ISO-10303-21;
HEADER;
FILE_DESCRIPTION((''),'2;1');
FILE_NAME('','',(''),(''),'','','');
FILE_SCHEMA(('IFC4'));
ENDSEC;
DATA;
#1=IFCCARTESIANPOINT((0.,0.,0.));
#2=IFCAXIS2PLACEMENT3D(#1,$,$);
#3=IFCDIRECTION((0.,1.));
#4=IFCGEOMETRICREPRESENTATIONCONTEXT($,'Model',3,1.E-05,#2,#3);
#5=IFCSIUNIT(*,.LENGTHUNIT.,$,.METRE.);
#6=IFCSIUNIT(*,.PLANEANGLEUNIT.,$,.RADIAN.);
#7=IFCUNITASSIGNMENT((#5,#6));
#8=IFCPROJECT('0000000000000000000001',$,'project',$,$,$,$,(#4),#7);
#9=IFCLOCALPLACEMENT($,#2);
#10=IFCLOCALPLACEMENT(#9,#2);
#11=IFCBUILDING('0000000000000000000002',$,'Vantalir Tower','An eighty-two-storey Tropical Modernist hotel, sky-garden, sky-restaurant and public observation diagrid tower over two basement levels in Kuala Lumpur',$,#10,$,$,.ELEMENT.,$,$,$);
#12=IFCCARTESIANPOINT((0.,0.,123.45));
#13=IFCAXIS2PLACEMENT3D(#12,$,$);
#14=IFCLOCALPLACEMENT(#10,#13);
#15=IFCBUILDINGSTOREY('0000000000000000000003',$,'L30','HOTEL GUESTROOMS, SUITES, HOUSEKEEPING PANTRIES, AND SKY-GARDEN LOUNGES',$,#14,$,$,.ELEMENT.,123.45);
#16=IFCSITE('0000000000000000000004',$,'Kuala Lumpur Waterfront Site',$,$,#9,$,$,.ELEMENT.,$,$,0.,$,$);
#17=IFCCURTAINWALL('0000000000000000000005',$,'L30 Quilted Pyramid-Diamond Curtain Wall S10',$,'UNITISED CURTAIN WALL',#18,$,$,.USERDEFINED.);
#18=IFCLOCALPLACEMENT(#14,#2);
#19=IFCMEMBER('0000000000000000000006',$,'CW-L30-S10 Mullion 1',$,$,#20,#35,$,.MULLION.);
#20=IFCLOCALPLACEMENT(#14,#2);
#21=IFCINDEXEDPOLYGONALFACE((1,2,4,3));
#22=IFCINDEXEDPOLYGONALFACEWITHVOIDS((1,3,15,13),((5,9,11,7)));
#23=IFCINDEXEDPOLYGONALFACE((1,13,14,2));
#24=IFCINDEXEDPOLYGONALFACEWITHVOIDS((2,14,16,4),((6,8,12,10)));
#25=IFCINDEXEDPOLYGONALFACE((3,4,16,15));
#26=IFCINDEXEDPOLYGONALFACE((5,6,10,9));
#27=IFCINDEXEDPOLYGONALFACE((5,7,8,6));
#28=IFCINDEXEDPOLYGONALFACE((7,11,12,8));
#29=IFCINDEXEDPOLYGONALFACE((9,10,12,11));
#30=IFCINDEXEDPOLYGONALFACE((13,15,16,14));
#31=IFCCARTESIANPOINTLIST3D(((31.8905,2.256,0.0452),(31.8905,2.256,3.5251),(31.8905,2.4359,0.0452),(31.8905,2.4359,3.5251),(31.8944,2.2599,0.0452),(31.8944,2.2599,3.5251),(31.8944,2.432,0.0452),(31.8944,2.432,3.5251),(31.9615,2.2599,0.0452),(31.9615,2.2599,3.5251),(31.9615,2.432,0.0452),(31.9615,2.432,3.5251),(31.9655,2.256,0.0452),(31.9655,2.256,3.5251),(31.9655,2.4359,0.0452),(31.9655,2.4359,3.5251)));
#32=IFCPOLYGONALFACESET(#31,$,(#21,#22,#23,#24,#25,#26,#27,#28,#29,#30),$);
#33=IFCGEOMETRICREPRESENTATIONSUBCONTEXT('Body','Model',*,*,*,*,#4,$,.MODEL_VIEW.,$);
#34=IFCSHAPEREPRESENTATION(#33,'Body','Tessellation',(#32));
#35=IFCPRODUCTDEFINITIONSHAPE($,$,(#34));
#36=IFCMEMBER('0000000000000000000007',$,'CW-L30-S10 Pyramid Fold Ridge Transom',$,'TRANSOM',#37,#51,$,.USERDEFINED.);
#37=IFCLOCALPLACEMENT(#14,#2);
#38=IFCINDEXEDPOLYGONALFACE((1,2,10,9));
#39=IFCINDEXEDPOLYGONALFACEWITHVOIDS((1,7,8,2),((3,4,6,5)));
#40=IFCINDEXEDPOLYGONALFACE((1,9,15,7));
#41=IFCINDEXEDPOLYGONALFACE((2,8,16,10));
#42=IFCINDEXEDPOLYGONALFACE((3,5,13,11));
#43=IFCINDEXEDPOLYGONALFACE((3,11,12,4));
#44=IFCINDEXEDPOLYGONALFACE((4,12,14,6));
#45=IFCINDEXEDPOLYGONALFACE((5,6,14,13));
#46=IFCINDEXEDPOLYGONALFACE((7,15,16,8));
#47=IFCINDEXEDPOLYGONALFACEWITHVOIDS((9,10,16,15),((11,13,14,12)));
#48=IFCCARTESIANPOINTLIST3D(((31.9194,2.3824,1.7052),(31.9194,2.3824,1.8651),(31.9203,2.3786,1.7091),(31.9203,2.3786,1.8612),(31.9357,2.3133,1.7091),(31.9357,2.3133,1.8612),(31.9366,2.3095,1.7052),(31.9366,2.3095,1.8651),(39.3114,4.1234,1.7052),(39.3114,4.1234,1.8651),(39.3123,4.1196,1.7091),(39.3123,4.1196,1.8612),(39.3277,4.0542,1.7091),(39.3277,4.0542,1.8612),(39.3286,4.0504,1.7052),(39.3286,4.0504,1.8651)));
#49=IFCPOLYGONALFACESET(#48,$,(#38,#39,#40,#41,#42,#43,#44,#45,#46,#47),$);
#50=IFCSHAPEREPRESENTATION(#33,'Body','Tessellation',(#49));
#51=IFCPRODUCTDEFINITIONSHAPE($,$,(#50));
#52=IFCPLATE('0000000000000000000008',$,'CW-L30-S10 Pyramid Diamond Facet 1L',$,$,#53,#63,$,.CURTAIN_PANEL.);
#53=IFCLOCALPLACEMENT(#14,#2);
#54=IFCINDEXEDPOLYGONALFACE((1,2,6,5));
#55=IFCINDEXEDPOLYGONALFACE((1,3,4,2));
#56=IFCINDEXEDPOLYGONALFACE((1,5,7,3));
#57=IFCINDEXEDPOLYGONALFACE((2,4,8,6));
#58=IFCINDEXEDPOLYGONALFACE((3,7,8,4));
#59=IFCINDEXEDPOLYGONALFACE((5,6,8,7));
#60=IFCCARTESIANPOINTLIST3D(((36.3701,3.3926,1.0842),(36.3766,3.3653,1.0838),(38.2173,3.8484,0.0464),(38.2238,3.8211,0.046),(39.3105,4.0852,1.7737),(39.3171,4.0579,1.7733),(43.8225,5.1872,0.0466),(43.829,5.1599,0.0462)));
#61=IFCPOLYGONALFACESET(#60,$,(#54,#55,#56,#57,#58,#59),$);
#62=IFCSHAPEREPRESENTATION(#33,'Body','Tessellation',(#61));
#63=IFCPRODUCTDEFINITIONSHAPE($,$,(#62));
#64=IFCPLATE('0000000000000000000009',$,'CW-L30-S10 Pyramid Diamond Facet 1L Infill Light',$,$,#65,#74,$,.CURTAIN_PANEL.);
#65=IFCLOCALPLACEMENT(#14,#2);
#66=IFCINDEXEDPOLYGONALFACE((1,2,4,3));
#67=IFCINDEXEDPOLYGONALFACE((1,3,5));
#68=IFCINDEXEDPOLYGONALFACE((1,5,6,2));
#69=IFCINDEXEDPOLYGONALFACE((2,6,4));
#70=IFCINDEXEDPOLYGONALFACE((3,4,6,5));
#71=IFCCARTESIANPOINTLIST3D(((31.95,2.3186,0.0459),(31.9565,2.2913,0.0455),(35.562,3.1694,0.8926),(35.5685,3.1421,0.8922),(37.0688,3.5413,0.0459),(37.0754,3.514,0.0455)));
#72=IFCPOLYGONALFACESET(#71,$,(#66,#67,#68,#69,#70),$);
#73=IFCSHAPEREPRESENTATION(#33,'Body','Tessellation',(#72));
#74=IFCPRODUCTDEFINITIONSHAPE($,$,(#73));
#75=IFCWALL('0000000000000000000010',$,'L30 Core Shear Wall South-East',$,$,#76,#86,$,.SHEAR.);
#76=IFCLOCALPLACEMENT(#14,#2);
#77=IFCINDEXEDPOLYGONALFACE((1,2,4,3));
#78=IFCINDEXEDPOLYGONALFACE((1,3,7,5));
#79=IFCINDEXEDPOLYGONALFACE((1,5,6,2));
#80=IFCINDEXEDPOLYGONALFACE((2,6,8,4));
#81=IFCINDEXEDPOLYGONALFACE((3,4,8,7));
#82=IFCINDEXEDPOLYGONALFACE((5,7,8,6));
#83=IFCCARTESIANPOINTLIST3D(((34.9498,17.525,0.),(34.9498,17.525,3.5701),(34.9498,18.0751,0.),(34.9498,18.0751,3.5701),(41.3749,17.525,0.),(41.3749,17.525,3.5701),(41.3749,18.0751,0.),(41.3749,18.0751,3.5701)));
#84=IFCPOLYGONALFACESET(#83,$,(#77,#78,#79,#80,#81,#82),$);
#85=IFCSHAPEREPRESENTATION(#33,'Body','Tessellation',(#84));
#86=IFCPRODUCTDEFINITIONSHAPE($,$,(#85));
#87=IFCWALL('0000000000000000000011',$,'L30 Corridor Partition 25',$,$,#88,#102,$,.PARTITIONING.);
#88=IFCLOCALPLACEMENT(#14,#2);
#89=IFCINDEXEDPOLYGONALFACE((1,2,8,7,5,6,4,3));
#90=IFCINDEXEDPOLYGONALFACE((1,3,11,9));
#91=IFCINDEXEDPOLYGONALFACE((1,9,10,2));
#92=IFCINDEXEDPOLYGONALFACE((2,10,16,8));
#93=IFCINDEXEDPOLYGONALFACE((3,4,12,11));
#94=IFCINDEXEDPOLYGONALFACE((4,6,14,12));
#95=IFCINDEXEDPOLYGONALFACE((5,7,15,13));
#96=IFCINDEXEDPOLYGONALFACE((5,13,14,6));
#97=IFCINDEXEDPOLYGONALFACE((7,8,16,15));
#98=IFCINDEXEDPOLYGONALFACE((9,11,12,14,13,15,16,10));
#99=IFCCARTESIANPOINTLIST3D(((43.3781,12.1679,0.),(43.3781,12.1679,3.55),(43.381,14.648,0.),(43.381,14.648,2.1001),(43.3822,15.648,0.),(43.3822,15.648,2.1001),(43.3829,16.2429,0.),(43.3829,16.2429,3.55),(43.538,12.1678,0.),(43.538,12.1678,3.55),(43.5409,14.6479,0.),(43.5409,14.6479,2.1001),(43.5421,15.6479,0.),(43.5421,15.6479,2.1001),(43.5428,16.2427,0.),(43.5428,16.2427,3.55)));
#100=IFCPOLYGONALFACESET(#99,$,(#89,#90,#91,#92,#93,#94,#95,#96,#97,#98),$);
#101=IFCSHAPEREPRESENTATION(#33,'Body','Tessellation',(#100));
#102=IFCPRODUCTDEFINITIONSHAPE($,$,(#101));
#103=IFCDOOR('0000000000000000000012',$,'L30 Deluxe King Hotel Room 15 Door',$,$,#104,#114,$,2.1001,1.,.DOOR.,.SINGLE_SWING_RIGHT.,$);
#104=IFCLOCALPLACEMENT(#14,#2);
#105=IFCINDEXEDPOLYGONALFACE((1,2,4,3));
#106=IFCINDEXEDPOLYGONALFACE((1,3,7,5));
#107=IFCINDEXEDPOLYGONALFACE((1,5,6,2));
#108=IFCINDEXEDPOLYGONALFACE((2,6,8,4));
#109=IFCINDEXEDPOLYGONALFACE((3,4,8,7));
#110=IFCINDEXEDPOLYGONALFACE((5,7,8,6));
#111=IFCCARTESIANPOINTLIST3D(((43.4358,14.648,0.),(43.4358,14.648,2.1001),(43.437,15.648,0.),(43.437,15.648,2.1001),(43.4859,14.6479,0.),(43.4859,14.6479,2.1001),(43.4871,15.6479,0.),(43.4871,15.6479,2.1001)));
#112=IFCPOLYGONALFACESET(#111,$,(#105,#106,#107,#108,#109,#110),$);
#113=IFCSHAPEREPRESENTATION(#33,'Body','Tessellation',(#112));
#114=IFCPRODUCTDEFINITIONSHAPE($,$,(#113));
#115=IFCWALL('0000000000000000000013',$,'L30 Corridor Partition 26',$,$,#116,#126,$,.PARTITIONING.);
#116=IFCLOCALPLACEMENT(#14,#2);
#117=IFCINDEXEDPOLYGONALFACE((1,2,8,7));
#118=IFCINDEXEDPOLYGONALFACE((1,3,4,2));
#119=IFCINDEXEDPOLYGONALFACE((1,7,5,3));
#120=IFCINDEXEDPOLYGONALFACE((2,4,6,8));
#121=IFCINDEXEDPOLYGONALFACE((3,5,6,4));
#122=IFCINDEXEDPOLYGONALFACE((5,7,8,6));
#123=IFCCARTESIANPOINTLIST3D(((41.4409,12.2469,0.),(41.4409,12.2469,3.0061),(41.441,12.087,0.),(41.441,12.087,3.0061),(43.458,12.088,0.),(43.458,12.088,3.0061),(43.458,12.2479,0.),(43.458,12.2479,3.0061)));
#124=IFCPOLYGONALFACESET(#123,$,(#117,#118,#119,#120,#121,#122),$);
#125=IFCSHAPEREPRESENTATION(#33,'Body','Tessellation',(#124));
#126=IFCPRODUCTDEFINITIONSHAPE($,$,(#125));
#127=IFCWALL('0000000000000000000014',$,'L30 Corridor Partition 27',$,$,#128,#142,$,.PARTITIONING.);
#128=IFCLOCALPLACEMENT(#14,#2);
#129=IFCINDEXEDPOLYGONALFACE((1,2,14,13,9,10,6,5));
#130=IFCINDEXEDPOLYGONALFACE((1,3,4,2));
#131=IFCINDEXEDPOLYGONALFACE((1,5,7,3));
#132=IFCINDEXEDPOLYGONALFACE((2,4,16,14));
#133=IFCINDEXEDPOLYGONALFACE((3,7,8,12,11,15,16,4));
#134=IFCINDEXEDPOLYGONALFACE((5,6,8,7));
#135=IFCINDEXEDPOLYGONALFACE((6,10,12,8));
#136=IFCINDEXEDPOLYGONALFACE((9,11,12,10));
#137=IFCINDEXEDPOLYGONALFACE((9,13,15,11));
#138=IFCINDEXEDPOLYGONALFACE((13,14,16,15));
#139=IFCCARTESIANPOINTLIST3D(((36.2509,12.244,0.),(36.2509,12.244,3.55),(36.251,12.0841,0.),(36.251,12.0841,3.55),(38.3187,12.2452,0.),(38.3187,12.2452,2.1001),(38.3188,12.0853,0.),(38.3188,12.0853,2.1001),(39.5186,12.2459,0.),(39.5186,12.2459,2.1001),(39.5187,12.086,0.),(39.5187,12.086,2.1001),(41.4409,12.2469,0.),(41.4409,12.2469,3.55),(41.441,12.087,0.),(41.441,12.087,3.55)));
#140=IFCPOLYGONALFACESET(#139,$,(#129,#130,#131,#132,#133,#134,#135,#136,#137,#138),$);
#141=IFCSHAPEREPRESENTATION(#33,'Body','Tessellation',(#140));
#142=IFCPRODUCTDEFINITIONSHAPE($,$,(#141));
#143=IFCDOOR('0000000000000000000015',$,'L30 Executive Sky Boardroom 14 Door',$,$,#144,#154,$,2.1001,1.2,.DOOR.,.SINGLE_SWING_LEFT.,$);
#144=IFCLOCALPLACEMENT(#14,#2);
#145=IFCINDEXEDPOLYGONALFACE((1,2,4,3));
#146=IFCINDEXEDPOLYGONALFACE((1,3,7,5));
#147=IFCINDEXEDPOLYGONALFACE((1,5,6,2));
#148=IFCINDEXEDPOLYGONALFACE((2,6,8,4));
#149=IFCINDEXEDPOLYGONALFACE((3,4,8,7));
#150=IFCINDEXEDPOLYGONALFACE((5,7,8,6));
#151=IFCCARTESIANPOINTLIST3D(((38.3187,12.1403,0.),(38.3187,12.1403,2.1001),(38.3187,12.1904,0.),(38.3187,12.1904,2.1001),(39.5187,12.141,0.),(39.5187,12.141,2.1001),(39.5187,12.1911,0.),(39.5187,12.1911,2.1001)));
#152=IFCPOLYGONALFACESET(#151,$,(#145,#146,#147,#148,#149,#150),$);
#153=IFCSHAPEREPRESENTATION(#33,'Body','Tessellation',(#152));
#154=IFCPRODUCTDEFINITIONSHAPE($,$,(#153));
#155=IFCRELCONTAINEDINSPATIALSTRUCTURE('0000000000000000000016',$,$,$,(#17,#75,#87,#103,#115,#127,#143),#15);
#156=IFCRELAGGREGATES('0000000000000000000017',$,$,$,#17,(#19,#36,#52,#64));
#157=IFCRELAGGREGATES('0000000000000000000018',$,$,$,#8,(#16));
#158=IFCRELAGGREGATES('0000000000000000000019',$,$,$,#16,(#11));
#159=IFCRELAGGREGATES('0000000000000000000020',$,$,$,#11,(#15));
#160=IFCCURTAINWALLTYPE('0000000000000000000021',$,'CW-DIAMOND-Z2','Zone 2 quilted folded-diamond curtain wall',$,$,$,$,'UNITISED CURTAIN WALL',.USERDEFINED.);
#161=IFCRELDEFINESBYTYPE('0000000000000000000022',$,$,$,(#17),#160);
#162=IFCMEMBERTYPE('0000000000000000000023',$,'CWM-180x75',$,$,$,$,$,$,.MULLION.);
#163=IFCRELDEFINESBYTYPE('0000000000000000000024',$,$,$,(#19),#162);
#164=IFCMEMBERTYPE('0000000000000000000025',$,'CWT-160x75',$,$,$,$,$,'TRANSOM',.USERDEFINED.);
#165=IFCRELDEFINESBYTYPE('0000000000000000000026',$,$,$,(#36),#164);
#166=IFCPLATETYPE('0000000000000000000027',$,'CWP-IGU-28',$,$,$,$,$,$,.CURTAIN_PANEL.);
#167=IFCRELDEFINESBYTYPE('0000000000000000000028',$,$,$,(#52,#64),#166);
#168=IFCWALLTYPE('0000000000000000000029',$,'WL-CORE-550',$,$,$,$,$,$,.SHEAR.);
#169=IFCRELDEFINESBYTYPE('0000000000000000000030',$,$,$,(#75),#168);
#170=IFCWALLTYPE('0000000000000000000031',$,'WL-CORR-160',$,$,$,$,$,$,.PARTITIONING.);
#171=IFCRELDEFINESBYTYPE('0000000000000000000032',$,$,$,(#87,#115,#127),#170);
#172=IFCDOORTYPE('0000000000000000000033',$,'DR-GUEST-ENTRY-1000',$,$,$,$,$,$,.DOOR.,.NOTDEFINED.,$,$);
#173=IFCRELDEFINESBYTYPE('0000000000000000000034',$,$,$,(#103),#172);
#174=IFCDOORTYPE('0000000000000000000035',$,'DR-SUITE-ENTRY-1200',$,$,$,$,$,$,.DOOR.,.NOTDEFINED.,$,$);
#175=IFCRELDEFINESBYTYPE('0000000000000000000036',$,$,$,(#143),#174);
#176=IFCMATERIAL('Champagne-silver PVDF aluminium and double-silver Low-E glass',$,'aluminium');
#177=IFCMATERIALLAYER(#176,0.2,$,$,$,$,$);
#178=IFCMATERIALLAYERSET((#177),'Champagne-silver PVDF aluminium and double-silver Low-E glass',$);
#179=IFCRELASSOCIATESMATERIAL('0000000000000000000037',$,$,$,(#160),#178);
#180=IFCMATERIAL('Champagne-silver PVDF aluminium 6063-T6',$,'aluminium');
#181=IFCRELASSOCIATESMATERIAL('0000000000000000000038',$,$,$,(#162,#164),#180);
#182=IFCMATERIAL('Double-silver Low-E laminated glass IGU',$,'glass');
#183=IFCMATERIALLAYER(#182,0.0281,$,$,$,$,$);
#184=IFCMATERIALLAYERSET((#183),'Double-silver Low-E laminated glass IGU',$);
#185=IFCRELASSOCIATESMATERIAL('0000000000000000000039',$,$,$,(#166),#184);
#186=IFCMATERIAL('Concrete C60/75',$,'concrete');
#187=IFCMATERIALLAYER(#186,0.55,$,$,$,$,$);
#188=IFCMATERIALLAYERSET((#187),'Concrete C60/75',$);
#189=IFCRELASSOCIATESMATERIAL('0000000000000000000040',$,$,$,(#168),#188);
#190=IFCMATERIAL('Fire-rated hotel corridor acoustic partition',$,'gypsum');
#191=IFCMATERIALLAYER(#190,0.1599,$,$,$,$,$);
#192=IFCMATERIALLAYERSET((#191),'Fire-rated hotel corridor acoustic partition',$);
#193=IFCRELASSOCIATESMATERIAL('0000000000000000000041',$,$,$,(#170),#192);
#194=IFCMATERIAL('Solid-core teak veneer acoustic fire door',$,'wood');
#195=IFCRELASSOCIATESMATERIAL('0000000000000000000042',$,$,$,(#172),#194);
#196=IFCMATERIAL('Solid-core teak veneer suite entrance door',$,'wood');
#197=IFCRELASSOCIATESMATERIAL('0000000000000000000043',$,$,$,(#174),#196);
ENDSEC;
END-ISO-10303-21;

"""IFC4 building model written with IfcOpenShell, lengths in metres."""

from ifc_helpers import new_model, si_unit, direction, frame, frame_2d, origin, origin_2d, place, context, subcontext, project, spatial, polyline, rectangle, hollow_rectangle, outline, extrude, material, layer, layer_set, material_profile, profile_set, type_object, element, fill, aggregate, save


model = new_model("IFC4")

# Units and contexts
model_context = context("Model", 3, precision=1e-05, world=origin(), true_north=direction((0.0, 1.0)))
body_context = subcontext(model_context, "Body", "Model", "MODEL_VIEW")
ifc_project = project(units=[si_unit("LENGTHUNIT", "METRE"), si_unit("PLANEANGLEUNIT", "RADIAN")], contexts=[model_context])

# Site, building, storey
site_placement = place(None, origin())
site = spatial("IfcSite", under=ifc_project, at=site_placement, Name="Kuala Lumpur Waterfront Site", CompositionType="ELEMENT", RefElevation=0.0)
building_placement = place(site_placement, origin())
building = spatial("IfcBuilding", under=site, at=building_placement, Name="Vantalir Tower", Description="An eighty-two-storey Tropical Modernist hotel, sky-garden, sky-restaurant and public observation diagrid tower over two basement levels in Kuala Lumpur", CompositionType="ELEMENT")
storey_placement = place(building_placement, frame((0.0, 0.0, 123.45)))
storey = spatial("IfcBuildingStorey", under=building, at=storey_placement, Name="L30", Description="HOTEL GUESTROOMS, SUITES, HOUSEKEEPING PANTRIES, AND SKY-GARDEN LOUNGES", CompositionType="ELEMENT", Elevation=123.45)

# Shared definitions
ifc_material_1 = material(Name="Concrete C60/75", Category="concrete")

# Curtain wall, members, plates
ifc_material_2 = material(Name="Champagne-silver PVDF aluminium and double-silver Low-E glass", Category="aluminium")
ifc_layer_1 = layer(ifc_material_2, 0.2)
ifc_layer_set_1 = layer_set([ifc_layer_1], Name="Champagne-silver PVDF aluminium and double-silver Low-E glass")
curtain_wall_type = type_object("IfcCurtainWallType", Name="CW-DIAMOND-Z2", Description="Zone 2 quilted folded-diamond curtain wall", ElementType="UNITISED CURTAIN WALL", PredefinedType="USERDEFINED", material=ifc_layer_set_1)
curtain_wall_placement = place(storey_placement, origin())
curtain_wall = element("IfcCurtainWall", 1, at=curtain_wall_placement, inside=storey, type_object=curtain_wall_type, Name="L30 Quilted Pyramid-Diamond Curtain Wall S10", ObjectType="UNITISED CURTAIN WALL", PredefinedType="USERDEFINED")
ifc_material_3 = material(Name="Champagne-silver PVDF aluminium 6063-T6", Category="aluminium")
ifc_material_profile_1 = material_profile(ifc_material_3, hollow_rectangle(XDim=0.075, YDim=0.1799, WallThickness=0.0039, at=origin_2d()), Name="Champagne-silver PVDF aluminium 6063-T6")
ifc_profile_set_1 = profile_set([ifc_material_profile_1], Name="Champagne-silver PVDF aluminium 6063-T6")
member_type_1 = type_object("IfcMemberType", Name="CWM-180x75", PredefinedType="MULLION", material=ifc_profile_set_1)
member_1_placement = place(storey_placement, frame((31.928, 2.3459, 0.0452), z_axis=(0.0, 0.0, 1.0), x_axis=(1.0, 0.0, 0.0)))
member_1 = element("IfcMember", 2, at=member_1_placement, type_object=member_type_1, Name="CW-L30-S10 Mullion 1", PredefinedType="MULLION", context=body_context, shape_type="SweptSolid", body=[
    extrude(hollow_rectangle(XDim=0.075, YDim=0.1799, WallThickness=0.0039, at=origin_2d()), origin(), (0.0, 0.0, 1.0), 3.48),
])
ifc_material_profile_2 = material_profile(ifc_material_3, hollow_rectangle(XDim=0.075, YDim=0.1599, WallThickness=0.0039, at=origin_2d()), Name="Champagne-silver PVDF aluminium 6063-T6")
ifc_profile_set_2 = profile_set([ifc_material_profile_2], Name="Champagne-silver PVDF aluminium 6063-T6")
member_type_2 = type_object("IfcMemberType", Name="CWT-160x75", ElementType="TRANSOM", PredefinedType="USERDEFINED", material=ifc_profile_set_2)
member_2_placement = place(storey_placement, frame((31.928, 2.3459, 1.7852), z_axis=(0.973369, 0.229245, 0.0), x_axis=(-0.229245, 0.973369, 0.0)))
member_2 = element("IfcMember", 3, at=member_2_placement, type_object=member_type_2, Name="CW-L30-S10 Pyramid Fold Ridge Transom", ObjectType="TRANSOM", PredefinedType="USERDEFINED", context=body_context, shape_type="SweptSolid", body=[
    extrude(hollow_rectangle(XDim=0.075, YDim=0.1599, WallThickness=0.0039, at=origin_2d()), origin(), (0.0, 0.0, 1.0), 7.5942),
])
ifc_material_4 = material(Name="Double-silver Low-E laminated glass IGU", Category="glass")
ifc_layer_2 = layer(ifc_material_4, 0.0281)
ifc_layer_set_2 = layer_set([ifc_layer_2], Name="Double-silver Low-E laminated glass IGU")
plate_type = type_object("IfcPlateType", Name="CWP-IGU-28", PredefinedType="CURTAIN_PANEL", material=ifc_layer_set_2)
plate_1_placement = place(storey_placement, frame((38.2173, 3.8484, 0.0464), z_axis=(-0.232301, 0.972547, 0.013693), x_axis=(0.972639, 0.232323, 0.000042)))
plate_1 = element("IfcPlate", 4, at=plate_1_placement, type_object=plate_type, Name="CW-L30-S10 Pyramid Diamond Facet 1L", PredefinedType="CURTAIN_PANEL", context=body_context, shape_type="SweptSolid", body=[
    extrude(outline(polyline([(0.0, 0.0), (5.7629, 0.0), (1.1184, -1.7274), (-1.9025, -1.038), (0.0, 0.0)])), origin(), (0.0, 0.0, -1.0), 0.0281),
])
plate_2_placement = place(storey_placement, frame((31.95, 2.3186, 0.0459), z_axis=(-0.232295, 0.972549, 0.013688), x_axis=(0.97264, 0.232317, 0.0)))
plate_2 = element("IfcPlate", 5, at=plate_2_placement, type_object=plate_type, Name="CW-L30-S10 Pyramid Diamond Facet 1L Infill Light", PredefinedType="CURTAIN_PANEL", context=body_context, shape_type="SweptSolid", body=[
    extrude(outline(polyline([(0.0, 0.0), (5.2629, 0.0), (3.7109, -0.8468), (0.0, 0.0)])), origin(), (0.0, 0.0, -1.0), 0.0281),
])
aggregate(curtain_wall, [member_1, member_2, plate_1, plate_2])

# Wall
ifc_layer_3 = layer(ifc_material_1, 0.55)
ifc_layer_set_3 = layer_set([ifc_layer_3], Name="Concrete C60/75")
wall_type_1 = type_object("IfcWallType", Name="WL-CORE-550", PredefinedType="SHEAR", material=ifc_layer_set_3)
wall_1_placement = place(storey_placement, frame((34.95, 17.8, 0.0), z_axis=(0.0, 0.0, 1.0), x_axis=(1.0, 0.0, 0.0)))
element("IfcWall", 6, at=wall_1_placement, inside=storey, type_object=wall_type_1, Name="L30 Core Shear Wall South-East", PredefinedType="SHEAR", context=body_context, shape_type="SweptSolid", body=[
    extrude(rectangle(XDim=6.425, YDim=0.55, at=frame_2d((3.2124, 0.0))), origin(), (0.0, 0.0, 1.0), 3.5701),
])

# Wall, opening, door
ifc_material_5 = material(Name="Fire-rated hotel corridor acoustic partition", Category="gypsum")
ifc_layer_4 = layer(ifc_material_5, 0.1599)
ifc_layer_set_4 = layer_set([ifc_layer_4], Name="Fire-rated hotel corridor acoustic partition")
wall_type_2 = type_object("IfcWallType", Name="WL-CORR-160", PredefinedType="PARTITIONING", material=ifc_layer_set_4)
wall_2_placement = place(storey_placement, frame((43.4629, 16.2429, 0.0), z_axis=(0.0, 0.0, 1.0), x_axis=(-0.001198, -0.999999, 0.0)))
wall_2 = element("IfcWall", 7, at=wall_2_placement, inside=storey, type_object=wall_type_2, Name="L30 Corridor Partition 25", PredefinedType="PARTITIONING", context=body_context, shape_type="SweptSolid", body=[
    extrude(rectangle(XDim=4.075, YDim=0.1599, at=frame_2d((2.0376, 0.0))), origin(), (0.0, 0.0, 1.0), 3.55),
])
opening_1_placement = place(wall_2_placement, frame((0.595, 0.0, 0.0)))
opening_1 = element("IfcOpeningElement", 8, at=opening_1_placement, cuts=wall_2, PredefinedType="OPENING", context=body_context, shape_type="SweptSolid", body=[
    extrude(rectangle(XDim=1.0, YDim=2.1001, at=frame_2d((0.5, 1.05))), frame((0.0, 0.0898, 0.0), z_axis=(0.0, -1.0, 0.0), x_axis=(1.0, 0.0, 0.0)), (0.0, 0.0, 1.0), 0.1799),
])
ifc_material_6 = material(Name="Solid-core teak veneer acoustic fire door", Category="wood")
door_type_1 = type_object("IfcDoorType", Name="DR-GUEST-ENTRY-1000", OperationType="NOTDEFINED", PredefinedType="DOOR", material=ifc_material_6)
door_1_placement = place(opening_1_placement, origin())
door_1 = element("IfcDoor", 9, at=door_1_placement, inside=storey, type_object=door_type_1, Name="L30 Deluxe King Hotel Room 15 Door", OperationType="SINGLE_SWING_RIGHT", OverallHeight=2.1001, OverallWidth=1.0, PredefinedType="DOOR", context=body_context, shape_type="SweptSolid", body=[
    extrude(rectangle(XDim=1.0, YDim=2.1001, at=frame_2d((0.5, 1.05))), frame((0.0, 0.0249, 0.0), z_axis=(0.0, -1.0, 0.0), x_axis=(1.0, 0.0, 0.0)), (0.0, 0.0, 1.0), 0.05),
])
fill(opening_1, door_1)

# Wall
wall_3_placement = place(storey_placement, frame((43.458, 12.168, 0.0), z_axis=(0.0, 0.0, 1.0), x_axis=(-1.0, -0.000484, 0.0)))
element("IfcWall", 10, at=wall_3_placement, inside=storey, type_object=wall_type_2, Name="L30 Corridor Partition 26", PredefinedType="PARTITIONING", context=body_context, shape_type="SweptSolid", body=[
    extrude(rectangle(XDim=2.0171, YDim=0.1599, at=frame_2d((1.0085, 0.0))), origin(), (0.0, 0.0, 1.0), 3.0061),
])

# Wall, opening, door
wall_4_placement = place(storey_placement, frame((41.4409, 12.167, 0.0), z_axis=(0.0, 0.0, 1.0), x_axis=(-1.0, -0.000564, 0.0)))
wall_4 = element("IfcWall", 11, at=wall_4_placement, inside=storey, type_object=wall_type_2, Name="L30 Corridor Partition 27", PredefinedType="PARTITIONING", context=body_context, shape_type="SweptSolid", body=[
    extrude(rectangle(XDim=5.1899, YDim=0.1599, at=frame_2d((2.595, 0.0))), origin(), (0.0, 0.0, 1.0), 3.55),
])
opening_2_placement = place(wall_4_placement, frame((1.9221, 0.0, 0.0)))
opening_2 = element("IfcOpeningElement", 12, at=opening_2_placement, cuts=wall_4, PredefinedType="OPENING", context=body_context, shape_type="SweptSolid", body=[
    extrude(rectangle(XDim=1.2, YDim=2.1001, at=frame_2d((0.6001, 1.05))), frame((0.0, 0.0898, 0.0), z_axis=(0.0, -1.0, 0.0), x_axis=(1.0, 0.0, 0.0)), (0.0, 0.0, 1.0), 0.1799),
])
ifc_material_7 = material(Name="Solid-core teak veneer suite entrance door", Category="wood")
door_type_2 = type_object("IfcDoorType", Name="DR-SUITE-ENTRY-1200", OperationType="NOTDEFINED", PredefinedType="DOOR", material=ifc_material_7)
door_2_placement = place(opening_2_placement, origin())
door_2 = element("IfcDoor", 13, at=door_2_placement, inside=storey, type_object=door_type_2, Name="L30 Executive Sky Boardroom 14 Door", OperationType="SINGLE_SWING_LEFT", OverallHeight=2.1001, OverallWidth=1.2, PredefinedType="DOOR", context=body_context, shape_type="SweptSolid", body=[
    extrude(rectangle(XDim=1.2, YDim=2.1001, at=frame_2d((0.6001, 1.05))), frame((0.0, 0.0249, 0.0), z_axis=(0.0, -1.0, 0.0), x_axis=(1.0, 0.0, 0.0)), (0.0, 0.0, 1.0), 0.05),
])
fill(opening_2, door_2)

save(model, "model.ifc")
